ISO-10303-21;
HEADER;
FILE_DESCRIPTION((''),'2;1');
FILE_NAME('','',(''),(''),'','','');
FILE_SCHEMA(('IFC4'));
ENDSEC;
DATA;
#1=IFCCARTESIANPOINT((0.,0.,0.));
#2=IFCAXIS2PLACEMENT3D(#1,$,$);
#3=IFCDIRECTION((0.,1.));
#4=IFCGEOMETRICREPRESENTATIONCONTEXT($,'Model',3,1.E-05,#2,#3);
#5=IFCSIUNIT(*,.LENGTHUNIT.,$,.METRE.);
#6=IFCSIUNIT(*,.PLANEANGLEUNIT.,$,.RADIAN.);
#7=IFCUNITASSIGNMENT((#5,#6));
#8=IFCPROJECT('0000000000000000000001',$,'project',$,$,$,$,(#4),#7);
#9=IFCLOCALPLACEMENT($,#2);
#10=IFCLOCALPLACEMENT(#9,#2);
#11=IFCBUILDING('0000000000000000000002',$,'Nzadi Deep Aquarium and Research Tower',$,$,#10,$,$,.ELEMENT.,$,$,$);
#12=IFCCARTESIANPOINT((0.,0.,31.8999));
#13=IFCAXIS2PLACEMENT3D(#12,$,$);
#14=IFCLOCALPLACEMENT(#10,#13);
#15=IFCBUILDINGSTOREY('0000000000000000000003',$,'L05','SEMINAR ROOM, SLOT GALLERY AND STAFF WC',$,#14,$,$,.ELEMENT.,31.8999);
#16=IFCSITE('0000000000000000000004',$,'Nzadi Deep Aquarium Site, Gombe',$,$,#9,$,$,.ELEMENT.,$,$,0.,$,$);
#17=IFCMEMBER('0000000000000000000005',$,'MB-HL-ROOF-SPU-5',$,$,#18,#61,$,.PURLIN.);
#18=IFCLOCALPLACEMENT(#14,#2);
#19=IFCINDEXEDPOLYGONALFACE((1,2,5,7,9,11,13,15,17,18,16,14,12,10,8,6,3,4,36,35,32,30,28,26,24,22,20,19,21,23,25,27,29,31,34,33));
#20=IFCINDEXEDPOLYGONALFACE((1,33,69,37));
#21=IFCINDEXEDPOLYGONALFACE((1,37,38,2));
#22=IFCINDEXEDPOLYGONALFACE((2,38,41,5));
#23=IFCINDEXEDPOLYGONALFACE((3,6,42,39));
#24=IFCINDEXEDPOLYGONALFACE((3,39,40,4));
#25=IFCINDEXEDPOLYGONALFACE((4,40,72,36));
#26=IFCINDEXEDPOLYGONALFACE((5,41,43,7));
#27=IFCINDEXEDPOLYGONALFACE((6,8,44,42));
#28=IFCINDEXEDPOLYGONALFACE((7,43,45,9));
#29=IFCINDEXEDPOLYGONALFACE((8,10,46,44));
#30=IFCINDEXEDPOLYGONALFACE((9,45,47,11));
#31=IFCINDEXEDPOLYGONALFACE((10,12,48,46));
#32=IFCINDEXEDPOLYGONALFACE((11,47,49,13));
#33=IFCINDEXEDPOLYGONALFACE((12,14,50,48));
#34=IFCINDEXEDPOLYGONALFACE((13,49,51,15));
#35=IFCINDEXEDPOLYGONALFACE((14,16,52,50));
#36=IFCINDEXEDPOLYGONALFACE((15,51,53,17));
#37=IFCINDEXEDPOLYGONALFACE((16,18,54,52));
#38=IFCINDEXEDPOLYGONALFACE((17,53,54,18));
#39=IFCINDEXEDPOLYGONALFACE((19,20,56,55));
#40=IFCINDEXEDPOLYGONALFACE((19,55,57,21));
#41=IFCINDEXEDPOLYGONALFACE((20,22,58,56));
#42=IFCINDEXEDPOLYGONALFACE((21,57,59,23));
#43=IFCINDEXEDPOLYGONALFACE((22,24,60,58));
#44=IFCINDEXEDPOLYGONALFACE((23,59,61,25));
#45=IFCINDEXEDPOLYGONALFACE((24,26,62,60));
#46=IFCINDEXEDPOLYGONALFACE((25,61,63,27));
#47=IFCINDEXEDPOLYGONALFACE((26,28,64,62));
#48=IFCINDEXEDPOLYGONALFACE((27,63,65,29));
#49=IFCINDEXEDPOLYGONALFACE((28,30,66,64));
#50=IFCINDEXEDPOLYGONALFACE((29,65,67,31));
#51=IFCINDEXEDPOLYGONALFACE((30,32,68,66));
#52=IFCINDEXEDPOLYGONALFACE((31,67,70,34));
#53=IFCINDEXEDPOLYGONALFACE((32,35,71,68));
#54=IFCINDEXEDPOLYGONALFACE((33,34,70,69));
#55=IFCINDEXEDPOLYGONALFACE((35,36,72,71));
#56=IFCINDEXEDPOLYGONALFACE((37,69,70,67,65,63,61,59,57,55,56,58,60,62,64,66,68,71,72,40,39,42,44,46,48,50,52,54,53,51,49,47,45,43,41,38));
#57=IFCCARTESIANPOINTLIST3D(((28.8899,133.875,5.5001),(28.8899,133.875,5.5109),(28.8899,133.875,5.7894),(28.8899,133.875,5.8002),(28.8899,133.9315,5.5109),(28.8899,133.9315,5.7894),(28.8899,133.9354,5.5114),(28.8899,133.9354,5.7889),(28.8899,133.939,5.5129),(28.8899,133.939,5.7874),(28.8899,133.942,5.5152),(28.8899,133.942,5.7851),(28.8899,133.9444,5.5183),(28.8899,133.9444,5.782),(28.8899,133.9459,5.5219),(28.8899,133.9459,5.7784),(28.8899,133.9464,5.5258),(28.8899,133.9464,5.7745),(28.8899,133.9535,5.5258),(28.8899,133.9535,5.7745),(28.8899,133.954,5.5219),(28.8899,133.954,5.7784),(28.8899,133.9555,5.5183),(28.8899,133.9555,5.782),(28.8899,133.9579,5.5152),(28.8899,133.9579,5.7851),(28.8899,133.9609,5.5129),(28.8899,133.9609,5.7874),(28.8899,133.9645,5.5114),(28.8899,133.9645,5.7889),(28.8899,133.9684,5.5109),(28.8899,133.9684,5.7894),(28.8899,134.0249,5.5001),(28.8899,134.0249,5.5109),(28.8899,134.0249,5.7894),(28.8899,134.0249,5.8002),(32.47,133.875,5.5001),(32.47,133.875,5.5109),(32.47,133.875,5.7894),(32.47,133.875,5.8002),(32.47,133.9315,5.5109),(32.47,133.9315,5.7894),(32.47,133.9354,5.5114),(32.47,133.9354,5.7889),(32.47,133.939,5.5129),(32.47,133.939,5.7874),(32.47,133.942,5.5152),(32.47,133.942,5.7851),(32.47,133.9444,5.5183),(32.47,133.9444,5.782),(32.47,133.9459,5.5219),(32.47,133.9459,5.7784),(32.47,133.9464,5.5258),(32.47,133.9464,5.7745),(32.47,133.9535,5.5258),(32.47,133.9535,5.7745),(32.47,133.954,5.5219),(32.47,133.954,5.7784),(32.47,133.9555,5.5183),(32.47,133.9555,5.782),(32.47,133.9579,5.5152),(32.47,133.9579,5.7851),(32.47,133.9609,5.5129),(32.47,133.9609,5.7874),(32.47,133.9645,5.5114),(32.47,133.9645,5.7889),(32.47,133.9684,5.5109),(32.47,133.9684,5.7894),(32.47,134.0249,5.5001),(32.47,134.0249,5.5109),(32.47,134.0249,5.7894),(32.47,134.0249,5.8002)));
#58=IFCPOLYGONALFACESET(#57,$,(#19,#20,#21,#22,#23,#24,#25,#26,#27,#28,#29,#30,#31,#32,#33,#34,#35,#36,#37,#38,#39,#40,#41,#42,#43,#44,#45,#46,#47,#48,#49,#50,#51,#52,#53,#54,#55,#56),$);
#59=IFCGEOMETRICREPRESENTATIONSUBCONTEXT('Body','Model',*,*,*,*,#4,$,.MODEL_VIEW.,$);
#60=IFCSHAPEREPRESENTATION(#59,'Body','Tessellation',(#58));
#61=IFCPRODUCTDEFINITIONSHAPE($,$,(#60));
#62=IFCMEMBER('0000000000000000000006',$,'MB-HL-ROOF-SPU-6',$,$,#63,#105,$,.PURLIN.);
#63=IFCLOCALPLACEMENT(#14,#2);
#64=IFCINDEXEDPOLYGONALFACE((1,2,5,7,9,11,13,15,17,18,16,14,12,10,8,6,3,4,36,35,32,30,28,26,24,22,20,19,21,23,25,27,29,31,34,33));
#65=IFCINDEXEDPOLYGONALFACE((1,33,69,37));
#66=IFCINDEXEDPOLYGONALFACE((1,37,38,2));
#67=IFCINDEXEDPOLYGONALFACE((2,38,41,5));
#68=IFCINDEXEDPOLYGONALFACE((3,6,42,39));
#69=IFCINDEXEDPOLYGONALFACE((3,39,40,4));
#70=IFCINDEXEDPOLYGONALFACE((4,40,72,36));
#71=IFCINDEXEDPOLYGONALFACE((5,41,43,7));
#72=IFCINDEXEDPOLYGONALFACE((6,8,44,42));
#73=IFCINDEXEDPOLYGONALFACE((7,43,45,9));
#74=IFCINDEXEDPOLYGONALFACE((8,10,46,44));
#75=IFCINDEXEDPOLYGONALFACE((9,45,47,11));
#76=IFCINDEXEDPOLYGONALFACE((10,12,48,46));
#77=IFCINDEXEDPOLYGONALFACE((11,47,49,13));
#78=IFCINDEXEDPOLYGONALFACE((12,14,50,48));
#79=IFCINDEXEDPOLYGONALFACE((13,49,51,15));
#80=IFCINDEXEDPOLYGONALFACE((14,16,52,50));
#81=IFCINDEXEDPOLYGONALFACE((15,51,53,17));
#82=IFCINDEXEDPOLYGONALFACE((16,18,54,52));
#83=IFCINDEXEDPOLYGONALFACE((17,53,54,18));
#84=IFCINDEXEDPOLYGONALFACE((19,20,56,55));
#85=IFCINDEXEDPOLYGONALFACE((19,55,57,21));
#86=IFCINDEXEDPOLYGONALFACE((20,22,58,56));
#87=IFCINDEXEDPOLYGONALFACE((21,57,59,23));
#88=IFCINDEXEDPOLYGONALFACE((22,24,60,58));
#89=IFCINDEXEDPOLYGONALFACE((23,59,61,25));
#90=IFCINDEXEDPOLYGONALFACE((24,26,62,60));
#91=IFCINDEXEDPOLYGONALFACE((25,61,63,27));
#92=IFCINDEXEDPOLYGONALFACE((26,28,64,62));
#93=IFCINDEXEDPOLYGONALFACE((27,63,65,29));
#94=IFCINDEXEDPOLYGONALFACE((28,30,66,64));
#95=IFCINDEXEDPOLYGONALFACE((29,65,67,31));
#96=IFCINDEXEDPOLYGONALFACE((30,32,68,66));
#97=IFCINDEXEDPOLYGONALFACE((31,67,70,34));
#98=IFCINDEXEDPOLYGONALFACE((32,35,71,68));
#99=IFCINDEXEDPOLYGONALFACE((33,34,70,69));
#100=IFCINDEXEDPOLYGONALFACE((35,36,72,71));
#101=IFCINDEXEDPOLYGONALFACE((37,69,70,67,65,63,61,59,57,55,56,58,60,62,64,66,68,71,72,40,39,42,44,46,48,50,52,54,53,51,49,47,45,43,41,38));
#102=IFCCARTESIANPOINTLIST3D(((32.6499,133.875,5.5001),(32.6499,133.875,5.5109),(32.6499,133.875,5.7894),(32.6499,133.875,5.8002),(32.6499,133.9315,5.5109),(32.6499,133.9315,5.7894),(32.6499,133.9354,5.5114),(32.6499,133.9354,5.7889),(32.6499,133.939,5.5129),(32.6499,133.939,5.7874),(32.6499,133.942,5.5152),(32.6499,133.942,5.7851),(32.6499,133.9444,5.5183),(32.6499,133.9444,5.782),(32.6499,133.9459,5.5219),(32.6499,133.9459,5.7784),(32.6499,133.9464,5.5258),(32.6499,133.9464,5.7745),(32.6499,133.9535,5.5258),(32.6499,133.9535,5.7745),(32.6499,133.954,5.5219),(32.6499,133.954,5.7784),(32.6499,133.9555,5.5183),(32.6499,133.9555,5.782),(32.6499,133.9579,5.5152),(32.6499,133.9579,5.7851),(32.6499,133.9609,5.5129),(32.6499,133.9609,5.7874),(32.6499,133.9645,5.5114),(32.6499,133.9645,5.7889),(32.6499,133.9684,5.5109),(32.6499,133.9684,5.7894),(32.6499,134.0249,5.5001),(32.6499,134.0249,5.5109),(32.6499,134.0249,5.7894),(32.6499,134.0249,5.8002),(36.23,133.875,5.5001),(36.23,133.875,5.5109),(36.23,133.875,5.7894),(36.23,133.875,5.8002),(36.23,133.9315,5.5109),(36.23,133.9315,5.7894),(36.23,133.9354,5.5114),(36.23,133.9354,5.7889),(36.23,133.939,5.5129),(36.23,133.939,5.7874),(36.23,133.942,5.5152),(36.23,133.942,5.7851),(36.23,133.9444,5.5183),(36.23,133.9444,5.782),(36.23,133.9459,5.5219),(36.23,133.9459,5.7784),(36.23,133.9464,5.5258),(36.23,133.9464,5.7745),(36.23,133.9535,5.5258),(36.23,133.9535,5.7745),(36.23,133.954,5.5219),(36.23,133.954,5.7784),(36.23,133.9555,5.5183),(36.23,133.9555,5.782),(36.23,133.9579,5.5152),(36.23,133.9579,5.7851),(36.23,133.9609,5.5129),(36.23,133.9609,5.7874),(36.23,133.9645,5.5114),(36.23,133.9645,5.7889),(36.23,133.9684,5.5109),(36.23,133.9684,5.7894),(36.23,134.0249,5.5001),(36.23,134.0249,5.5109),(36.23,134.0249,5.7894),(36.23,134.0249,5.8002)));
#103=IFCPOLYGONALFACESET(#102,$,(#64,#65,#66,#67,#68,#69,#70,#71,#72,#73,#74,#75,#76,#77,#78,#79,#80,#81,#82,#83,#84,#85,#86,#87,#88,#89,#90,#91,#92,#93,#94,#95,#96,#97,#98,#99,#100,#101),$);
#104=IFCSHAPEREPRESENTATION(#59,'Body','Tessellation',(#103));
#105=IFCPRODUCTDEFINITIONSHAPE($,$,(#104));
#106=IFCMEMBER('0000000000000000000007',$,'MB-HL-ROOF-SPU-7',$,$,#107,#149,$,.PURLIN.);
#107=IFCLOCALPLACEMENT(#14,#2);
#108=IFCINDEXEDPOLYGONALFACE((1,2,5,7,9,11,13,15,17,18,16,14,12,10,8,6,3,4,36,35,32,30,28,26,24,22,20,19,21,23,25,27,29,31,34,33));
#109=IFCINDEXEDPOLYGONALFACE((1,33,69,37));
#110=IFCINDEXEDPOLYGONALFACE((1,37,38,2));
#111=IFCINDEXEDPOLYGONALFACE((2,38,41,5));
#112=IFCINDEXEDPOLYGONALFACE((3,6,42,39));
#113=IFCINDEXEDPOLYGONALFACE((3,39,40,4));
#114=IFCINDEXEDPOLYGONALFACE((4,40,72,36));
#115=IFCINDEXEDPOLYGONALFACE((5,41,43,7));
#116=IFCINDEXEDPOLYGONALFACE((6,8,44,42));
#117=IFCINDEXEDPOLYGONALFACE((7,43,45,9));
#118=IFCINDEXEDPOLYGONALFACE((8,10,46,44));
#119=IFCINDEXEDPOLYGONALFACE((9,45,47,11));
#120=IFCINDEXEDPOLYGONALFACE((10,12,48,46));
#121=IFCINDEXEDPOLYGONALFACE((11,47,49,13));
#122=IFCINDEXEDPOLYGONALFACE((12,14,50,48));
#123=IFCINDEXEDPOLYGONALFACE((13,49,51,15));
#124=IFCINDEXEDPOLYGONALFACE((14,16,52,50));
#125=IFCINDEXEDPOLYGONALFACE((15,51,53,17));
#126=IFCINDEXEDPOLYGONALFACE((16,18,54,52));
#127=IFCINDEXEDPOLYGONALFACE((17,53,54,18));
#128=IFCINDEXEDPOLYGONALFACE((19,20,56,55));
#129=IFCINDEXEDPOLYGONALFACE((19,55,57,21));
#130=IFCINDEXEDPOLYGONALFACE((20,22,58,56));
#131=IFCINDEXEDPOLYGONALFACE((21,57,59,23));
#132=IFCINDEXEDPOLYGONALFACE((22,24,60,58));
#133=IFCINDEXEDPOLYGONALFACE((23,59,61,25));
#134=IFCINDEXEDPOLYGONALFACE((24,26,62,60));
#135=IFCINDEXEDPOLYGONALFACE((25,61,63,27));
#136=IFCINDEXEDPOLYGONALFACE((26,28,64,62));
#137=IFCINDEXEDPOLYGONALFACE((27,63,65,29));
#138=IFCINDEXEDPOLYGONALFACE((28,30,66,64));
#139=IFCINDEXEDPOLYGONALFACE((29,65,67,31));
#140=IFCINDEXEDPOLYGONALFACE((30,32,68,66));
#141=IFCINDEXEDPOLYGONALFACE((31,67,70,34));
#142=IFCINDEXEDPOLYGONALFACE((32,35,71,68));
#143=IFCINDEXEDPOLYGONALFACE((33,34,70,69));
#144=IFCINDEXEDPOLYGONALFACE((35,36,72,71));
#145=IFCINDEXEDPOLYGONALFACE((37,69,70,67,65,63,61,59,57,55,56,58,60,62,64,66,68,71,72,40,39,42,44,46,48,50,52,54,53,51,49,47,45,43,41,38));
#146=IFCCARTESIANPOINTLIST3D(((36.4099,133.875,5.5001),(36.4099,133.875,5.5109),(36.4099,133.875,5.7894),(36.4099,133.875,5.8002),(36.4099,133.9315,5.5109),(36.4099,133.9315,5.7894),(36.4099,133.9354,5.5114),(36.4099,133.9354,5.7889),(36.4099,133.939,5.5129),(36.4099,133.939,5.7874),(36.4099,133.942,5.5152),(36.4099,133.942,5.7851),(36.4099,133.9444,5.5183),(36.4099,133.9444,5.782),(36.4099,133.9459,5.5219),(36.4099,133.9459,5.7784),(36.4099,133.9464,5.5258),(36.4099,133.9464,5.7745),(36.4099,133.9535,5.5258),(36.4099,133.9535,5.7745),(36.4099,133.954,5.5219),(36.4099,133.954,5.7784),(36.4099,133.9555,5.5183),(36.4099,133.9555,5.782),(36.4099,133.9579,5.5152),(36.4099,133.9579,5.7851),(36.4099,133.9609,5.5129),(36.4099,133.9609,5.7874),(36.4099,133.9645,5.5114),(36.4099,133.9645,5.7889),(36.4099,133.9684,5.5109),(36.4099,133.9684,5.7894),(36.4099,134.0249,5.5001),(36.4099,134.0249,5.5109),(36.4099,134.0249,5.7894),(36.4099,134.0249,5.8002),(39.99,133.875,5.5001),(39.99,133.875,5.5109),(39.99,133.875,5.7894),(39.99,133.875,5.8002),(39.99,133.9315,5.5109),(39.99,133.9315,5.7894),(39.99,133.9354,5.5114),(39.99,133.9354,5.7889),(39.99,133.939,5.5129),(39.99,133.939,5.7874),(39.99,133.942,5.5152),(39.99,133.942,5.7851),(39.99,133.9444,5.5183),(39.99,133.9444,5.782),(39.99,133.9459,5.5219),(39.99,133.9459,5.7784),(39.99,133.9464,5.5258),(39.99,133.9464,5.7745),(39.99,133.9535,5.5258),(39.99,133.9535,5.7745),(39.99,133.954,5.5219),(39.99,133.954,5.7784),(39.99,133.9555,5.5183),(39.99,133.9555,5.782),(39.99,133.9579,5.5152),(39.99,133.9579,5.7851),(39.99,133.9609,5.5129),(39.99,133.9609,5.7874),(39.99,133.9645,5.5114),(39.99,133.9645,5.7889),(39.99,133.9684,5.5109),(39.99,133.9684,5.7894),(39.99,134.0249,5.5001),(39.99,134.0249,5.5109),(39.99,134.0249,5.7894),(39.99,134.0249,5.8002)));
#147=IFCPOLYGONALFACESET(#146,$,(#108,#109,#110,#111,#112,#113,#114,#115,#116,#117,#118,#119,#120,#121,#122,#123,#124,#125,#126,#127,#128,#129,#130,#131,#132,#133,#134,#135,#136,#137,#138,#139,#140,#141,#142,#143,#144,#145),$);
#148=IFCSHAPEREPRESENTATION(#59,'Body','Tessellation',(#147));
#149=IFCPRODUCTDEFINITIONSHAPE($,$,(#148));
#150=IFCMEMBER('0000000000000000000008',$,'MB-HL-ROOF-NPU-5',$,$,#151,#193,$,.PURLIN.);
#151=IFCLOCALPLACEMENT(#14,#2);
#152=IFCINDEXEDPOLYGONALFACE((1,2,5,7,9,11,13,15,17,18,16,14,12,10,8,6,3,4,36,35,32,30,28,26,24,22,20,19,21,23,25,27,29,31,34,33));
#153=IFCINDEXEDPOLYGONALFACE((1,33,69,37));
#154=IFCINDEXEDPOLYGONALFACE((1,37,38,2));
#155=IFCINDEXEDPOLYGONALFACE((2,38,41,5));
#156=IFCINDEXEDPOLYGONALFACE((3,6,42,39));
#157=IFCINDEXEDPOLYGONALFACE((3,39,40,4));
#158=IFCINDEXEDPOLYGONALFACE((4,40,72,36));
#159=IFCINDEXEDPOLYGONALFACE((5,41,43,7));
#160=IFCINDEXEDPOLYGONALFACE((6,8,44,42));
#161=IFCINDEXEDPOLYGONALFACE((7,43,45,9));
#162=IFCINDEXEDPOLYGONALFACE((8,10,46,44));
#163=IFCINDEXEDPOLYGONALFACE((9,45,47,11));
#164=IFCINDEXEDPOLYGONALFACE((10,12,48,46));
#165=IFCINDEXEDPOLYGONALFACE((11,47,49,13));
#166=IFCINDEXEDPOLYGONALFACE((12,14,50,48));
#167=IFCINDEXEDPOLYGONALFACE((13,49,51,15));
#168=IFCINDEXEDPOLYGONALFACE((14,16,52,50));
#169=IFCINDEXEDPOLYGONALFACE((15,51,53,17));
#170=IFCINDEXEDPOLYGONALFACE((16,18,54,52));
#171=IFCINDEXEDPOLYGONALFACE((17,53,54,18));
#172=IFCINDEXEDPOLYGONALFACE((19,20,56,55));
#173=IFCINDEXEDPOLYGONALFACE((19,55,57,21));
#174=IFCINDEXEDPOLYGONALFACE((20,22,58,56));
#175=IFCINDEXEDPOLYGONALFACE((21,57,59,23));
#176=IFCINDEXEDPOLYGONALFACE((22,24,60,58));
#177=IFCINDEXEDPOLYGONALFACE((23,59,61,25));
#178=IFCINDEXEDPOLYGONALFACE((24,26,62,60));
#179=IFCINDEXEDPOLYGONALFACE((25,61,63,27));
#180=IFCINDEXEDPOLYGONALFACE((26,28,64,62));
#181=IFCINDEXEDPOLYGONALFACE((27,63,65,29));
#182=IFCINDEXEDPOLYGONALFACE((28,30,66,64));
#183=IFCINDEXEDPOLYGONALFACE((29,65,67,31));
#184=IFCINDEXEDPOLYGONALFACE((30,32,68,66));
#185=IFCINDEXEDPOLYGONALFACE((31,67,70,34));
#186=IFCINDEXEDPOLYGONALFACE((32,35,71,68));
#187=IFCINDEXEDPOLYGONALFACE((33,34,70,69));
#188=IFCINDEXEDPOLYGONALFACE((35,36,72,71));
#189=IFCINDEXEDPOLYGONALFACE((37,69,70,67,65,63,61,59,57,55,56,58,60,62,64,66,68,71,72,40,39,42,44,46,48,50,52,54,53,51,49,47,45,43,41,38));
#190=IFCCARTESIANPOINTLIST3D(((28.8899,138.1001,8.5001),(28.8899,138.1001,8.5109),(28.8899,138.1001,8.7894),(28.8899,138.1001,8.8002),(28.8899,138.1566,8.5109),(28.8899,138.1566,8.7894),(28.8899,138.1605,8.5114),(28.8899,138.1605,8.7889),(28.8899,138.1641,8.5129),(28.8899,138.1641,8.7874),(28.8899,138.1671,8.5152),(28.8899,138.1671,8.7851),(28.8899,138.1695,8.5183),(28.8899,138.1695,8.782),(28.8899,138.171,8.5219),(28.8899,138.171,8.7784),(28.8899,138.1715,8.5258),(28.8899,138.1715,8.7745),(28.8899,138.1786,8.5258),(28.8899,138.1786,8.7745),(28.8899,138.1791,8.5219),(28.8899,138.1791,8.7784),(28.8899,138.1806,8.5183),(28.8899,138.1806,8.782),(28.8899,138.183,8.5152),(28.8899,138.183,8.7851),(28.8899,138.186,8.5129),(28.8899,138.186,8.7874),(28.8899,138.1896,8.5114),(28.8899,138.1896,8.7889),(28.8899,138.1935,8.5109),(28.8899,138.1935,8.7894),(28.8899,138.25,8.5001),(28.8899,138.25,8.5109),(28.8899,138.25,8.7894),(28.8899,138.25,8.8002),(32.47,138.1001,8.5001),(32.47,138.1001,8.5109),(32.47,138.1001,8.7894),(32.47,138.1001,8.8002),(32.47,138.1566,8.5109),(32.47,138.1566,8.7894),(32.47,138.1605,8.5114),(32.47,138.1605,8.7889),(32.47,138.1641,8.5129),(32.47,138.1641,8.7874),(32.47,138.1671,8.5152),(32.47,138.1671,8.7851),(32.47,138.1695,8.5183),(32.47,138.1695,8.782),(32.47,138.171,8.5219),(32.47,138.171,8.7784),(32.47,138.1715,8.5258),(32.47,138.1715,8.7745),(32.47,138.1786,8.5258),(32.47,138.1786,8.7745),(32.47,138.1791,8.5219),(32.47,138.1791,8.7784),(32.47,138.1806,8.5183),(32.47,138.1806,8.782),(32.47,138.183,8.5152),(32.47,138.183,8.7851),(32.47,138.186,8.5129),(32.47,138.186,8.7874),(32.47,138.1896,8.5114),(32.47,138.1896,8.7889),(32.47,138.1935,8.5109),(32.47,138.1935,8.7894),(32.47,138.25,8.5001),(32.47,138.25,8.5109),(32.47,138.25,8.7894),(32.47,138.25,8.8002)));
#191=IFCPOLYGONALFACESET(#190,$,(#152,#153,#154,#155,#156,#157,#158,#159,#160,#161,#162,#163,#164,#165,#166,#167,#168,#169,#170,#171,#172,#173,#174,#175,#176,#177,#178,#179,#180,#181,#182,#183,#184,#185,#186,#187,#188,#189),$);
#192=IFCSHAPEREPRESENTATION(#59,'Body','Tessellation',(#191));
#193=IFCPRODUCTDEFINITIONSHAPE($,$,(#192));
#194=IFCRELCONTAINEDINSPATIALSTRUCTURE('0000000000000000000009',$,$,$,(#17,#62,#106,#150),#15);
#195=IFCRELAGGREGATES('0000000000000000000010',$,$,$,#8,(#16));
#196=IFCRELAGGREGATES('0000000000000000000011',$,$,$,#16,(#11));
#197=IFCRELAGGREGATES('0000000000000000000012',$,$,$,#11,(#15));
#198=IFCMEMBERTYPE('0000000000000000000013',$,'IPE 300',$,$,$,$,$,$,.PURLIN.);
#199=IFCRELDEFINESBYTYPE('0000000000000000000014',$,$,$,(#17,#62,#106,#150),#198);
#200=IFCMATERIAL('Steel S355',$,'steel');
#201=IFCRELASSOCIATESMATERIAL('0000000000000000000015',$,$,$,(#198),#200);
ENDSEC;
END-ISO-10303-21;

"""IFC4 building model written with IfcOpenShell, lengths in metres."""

from ifc_helpers import new_model, si_unit, direction, frame, origin, origin_2d, place, context, subcontext, project, spatial, i_section, extrude, material, material_profile, profile_set, type_object, element, save


model = new_model("IFC4")

# Units and contexts
model_context = context("Model", 3, precision=1e-05, world=origin(), true_north=direction((0.0, 1.0)))
body_context = subcontext(model_context, "Body", "Model", "MODEL_VIEW")
ifc_project = project(units=[si_unit("LENGTHUNIT", "METRE"), si_unit("PLANEANGLEUNIT", "RADIAN")], contexts=[model_context])

# Site, building, storey
site_placement = place(None, origin())
site = spatial("IfcSite", under=ifc_project, at=site_placement, Name="Nzadi Deep Aquarium Site, Gombe", CompositionType="ELEMENT", RefElevation=0.0)
building_placement = place(site_placement, origin())
building = spatial("IfcBuilding", under=site, at=building_placement, Name="Nzadi Deep Aquarium and Research Tower", CompositionType="ELEMENT")
storey_placement = place(building_placement, frame((0.0, 0.0, 31.8999)))
storey = spatial("IfcBuildingStorey", under=building, at=storey_placement, Name="L05", Description="SEMINAR ROOM, SLOT GALLERY AND STAFF WC", CompositionType="ELEMENT", Elevation=31.8999)

# Members
ifc_material_1 = material(Name="Steel S355", Category="steel")
ifc_material_profile_1 = material_profile(ifc_material_1, i_section(OverallWidth=0.1499, OverallDepth=0.3, WebThickness=0.0071, FlangeThickness=0.0107, FilletRadius=0.0149, at=origin_2d()))
ifc_profile_set_1 = profile_set([ifc_material_profile_1], Name="Steel S355")
member_type_1 = type_object("IfcMemberType", Name="IPE 300", PredefinedType="PURLIN", material=ifc_profile_set_1)
for number, where, z_axis, x_axis, name in (
    (1, (28.8899, 133.95, 5.6501), (1.0, 0.0, 0.0), (0.0, 1.0, 0.0), "MB-HL-ROOF-SPU-5"),
    (2, (32.6499, 133.95, 5.6501), (1.0, 0.0, 0.0), (0.0, 1.0, 0.0), "MB-HL-ROOF-SPU-6"),
    (3, (36.4099, 133.95, 5.6501), (1.0, 0.0, 0.0), (0.0, 1.0, 0.0), "MB-HL-ROOF-SPU-7"),
    (4, (28.8899, 138.175, 8.6501), (1.0, 0.0, 0.0), (0.0, 1.0, 0.0), "MB-HL-ROOF-NPU-5"),
):
    element("IfcMember", number, at=place(storey_placement, frame(where, z_axis=z_axis, x_axis=x_axis)), inside=storey, type_object=member_type_1, Name=name, PredefinedType="PURLIN", context=body_context, shape_type="SweptSolid", body=[
        extrude(i_section(OverallWidth=0.1499, OverallDepth=0.3, WebThickness=0.0071, FlangeThickness=0.0107, FilletRadius=0.0149, at=origin_2d()), origin(), (0.0, 0.0, 1.0), 3.5801),
    ])

save(model, "model.ifc")
